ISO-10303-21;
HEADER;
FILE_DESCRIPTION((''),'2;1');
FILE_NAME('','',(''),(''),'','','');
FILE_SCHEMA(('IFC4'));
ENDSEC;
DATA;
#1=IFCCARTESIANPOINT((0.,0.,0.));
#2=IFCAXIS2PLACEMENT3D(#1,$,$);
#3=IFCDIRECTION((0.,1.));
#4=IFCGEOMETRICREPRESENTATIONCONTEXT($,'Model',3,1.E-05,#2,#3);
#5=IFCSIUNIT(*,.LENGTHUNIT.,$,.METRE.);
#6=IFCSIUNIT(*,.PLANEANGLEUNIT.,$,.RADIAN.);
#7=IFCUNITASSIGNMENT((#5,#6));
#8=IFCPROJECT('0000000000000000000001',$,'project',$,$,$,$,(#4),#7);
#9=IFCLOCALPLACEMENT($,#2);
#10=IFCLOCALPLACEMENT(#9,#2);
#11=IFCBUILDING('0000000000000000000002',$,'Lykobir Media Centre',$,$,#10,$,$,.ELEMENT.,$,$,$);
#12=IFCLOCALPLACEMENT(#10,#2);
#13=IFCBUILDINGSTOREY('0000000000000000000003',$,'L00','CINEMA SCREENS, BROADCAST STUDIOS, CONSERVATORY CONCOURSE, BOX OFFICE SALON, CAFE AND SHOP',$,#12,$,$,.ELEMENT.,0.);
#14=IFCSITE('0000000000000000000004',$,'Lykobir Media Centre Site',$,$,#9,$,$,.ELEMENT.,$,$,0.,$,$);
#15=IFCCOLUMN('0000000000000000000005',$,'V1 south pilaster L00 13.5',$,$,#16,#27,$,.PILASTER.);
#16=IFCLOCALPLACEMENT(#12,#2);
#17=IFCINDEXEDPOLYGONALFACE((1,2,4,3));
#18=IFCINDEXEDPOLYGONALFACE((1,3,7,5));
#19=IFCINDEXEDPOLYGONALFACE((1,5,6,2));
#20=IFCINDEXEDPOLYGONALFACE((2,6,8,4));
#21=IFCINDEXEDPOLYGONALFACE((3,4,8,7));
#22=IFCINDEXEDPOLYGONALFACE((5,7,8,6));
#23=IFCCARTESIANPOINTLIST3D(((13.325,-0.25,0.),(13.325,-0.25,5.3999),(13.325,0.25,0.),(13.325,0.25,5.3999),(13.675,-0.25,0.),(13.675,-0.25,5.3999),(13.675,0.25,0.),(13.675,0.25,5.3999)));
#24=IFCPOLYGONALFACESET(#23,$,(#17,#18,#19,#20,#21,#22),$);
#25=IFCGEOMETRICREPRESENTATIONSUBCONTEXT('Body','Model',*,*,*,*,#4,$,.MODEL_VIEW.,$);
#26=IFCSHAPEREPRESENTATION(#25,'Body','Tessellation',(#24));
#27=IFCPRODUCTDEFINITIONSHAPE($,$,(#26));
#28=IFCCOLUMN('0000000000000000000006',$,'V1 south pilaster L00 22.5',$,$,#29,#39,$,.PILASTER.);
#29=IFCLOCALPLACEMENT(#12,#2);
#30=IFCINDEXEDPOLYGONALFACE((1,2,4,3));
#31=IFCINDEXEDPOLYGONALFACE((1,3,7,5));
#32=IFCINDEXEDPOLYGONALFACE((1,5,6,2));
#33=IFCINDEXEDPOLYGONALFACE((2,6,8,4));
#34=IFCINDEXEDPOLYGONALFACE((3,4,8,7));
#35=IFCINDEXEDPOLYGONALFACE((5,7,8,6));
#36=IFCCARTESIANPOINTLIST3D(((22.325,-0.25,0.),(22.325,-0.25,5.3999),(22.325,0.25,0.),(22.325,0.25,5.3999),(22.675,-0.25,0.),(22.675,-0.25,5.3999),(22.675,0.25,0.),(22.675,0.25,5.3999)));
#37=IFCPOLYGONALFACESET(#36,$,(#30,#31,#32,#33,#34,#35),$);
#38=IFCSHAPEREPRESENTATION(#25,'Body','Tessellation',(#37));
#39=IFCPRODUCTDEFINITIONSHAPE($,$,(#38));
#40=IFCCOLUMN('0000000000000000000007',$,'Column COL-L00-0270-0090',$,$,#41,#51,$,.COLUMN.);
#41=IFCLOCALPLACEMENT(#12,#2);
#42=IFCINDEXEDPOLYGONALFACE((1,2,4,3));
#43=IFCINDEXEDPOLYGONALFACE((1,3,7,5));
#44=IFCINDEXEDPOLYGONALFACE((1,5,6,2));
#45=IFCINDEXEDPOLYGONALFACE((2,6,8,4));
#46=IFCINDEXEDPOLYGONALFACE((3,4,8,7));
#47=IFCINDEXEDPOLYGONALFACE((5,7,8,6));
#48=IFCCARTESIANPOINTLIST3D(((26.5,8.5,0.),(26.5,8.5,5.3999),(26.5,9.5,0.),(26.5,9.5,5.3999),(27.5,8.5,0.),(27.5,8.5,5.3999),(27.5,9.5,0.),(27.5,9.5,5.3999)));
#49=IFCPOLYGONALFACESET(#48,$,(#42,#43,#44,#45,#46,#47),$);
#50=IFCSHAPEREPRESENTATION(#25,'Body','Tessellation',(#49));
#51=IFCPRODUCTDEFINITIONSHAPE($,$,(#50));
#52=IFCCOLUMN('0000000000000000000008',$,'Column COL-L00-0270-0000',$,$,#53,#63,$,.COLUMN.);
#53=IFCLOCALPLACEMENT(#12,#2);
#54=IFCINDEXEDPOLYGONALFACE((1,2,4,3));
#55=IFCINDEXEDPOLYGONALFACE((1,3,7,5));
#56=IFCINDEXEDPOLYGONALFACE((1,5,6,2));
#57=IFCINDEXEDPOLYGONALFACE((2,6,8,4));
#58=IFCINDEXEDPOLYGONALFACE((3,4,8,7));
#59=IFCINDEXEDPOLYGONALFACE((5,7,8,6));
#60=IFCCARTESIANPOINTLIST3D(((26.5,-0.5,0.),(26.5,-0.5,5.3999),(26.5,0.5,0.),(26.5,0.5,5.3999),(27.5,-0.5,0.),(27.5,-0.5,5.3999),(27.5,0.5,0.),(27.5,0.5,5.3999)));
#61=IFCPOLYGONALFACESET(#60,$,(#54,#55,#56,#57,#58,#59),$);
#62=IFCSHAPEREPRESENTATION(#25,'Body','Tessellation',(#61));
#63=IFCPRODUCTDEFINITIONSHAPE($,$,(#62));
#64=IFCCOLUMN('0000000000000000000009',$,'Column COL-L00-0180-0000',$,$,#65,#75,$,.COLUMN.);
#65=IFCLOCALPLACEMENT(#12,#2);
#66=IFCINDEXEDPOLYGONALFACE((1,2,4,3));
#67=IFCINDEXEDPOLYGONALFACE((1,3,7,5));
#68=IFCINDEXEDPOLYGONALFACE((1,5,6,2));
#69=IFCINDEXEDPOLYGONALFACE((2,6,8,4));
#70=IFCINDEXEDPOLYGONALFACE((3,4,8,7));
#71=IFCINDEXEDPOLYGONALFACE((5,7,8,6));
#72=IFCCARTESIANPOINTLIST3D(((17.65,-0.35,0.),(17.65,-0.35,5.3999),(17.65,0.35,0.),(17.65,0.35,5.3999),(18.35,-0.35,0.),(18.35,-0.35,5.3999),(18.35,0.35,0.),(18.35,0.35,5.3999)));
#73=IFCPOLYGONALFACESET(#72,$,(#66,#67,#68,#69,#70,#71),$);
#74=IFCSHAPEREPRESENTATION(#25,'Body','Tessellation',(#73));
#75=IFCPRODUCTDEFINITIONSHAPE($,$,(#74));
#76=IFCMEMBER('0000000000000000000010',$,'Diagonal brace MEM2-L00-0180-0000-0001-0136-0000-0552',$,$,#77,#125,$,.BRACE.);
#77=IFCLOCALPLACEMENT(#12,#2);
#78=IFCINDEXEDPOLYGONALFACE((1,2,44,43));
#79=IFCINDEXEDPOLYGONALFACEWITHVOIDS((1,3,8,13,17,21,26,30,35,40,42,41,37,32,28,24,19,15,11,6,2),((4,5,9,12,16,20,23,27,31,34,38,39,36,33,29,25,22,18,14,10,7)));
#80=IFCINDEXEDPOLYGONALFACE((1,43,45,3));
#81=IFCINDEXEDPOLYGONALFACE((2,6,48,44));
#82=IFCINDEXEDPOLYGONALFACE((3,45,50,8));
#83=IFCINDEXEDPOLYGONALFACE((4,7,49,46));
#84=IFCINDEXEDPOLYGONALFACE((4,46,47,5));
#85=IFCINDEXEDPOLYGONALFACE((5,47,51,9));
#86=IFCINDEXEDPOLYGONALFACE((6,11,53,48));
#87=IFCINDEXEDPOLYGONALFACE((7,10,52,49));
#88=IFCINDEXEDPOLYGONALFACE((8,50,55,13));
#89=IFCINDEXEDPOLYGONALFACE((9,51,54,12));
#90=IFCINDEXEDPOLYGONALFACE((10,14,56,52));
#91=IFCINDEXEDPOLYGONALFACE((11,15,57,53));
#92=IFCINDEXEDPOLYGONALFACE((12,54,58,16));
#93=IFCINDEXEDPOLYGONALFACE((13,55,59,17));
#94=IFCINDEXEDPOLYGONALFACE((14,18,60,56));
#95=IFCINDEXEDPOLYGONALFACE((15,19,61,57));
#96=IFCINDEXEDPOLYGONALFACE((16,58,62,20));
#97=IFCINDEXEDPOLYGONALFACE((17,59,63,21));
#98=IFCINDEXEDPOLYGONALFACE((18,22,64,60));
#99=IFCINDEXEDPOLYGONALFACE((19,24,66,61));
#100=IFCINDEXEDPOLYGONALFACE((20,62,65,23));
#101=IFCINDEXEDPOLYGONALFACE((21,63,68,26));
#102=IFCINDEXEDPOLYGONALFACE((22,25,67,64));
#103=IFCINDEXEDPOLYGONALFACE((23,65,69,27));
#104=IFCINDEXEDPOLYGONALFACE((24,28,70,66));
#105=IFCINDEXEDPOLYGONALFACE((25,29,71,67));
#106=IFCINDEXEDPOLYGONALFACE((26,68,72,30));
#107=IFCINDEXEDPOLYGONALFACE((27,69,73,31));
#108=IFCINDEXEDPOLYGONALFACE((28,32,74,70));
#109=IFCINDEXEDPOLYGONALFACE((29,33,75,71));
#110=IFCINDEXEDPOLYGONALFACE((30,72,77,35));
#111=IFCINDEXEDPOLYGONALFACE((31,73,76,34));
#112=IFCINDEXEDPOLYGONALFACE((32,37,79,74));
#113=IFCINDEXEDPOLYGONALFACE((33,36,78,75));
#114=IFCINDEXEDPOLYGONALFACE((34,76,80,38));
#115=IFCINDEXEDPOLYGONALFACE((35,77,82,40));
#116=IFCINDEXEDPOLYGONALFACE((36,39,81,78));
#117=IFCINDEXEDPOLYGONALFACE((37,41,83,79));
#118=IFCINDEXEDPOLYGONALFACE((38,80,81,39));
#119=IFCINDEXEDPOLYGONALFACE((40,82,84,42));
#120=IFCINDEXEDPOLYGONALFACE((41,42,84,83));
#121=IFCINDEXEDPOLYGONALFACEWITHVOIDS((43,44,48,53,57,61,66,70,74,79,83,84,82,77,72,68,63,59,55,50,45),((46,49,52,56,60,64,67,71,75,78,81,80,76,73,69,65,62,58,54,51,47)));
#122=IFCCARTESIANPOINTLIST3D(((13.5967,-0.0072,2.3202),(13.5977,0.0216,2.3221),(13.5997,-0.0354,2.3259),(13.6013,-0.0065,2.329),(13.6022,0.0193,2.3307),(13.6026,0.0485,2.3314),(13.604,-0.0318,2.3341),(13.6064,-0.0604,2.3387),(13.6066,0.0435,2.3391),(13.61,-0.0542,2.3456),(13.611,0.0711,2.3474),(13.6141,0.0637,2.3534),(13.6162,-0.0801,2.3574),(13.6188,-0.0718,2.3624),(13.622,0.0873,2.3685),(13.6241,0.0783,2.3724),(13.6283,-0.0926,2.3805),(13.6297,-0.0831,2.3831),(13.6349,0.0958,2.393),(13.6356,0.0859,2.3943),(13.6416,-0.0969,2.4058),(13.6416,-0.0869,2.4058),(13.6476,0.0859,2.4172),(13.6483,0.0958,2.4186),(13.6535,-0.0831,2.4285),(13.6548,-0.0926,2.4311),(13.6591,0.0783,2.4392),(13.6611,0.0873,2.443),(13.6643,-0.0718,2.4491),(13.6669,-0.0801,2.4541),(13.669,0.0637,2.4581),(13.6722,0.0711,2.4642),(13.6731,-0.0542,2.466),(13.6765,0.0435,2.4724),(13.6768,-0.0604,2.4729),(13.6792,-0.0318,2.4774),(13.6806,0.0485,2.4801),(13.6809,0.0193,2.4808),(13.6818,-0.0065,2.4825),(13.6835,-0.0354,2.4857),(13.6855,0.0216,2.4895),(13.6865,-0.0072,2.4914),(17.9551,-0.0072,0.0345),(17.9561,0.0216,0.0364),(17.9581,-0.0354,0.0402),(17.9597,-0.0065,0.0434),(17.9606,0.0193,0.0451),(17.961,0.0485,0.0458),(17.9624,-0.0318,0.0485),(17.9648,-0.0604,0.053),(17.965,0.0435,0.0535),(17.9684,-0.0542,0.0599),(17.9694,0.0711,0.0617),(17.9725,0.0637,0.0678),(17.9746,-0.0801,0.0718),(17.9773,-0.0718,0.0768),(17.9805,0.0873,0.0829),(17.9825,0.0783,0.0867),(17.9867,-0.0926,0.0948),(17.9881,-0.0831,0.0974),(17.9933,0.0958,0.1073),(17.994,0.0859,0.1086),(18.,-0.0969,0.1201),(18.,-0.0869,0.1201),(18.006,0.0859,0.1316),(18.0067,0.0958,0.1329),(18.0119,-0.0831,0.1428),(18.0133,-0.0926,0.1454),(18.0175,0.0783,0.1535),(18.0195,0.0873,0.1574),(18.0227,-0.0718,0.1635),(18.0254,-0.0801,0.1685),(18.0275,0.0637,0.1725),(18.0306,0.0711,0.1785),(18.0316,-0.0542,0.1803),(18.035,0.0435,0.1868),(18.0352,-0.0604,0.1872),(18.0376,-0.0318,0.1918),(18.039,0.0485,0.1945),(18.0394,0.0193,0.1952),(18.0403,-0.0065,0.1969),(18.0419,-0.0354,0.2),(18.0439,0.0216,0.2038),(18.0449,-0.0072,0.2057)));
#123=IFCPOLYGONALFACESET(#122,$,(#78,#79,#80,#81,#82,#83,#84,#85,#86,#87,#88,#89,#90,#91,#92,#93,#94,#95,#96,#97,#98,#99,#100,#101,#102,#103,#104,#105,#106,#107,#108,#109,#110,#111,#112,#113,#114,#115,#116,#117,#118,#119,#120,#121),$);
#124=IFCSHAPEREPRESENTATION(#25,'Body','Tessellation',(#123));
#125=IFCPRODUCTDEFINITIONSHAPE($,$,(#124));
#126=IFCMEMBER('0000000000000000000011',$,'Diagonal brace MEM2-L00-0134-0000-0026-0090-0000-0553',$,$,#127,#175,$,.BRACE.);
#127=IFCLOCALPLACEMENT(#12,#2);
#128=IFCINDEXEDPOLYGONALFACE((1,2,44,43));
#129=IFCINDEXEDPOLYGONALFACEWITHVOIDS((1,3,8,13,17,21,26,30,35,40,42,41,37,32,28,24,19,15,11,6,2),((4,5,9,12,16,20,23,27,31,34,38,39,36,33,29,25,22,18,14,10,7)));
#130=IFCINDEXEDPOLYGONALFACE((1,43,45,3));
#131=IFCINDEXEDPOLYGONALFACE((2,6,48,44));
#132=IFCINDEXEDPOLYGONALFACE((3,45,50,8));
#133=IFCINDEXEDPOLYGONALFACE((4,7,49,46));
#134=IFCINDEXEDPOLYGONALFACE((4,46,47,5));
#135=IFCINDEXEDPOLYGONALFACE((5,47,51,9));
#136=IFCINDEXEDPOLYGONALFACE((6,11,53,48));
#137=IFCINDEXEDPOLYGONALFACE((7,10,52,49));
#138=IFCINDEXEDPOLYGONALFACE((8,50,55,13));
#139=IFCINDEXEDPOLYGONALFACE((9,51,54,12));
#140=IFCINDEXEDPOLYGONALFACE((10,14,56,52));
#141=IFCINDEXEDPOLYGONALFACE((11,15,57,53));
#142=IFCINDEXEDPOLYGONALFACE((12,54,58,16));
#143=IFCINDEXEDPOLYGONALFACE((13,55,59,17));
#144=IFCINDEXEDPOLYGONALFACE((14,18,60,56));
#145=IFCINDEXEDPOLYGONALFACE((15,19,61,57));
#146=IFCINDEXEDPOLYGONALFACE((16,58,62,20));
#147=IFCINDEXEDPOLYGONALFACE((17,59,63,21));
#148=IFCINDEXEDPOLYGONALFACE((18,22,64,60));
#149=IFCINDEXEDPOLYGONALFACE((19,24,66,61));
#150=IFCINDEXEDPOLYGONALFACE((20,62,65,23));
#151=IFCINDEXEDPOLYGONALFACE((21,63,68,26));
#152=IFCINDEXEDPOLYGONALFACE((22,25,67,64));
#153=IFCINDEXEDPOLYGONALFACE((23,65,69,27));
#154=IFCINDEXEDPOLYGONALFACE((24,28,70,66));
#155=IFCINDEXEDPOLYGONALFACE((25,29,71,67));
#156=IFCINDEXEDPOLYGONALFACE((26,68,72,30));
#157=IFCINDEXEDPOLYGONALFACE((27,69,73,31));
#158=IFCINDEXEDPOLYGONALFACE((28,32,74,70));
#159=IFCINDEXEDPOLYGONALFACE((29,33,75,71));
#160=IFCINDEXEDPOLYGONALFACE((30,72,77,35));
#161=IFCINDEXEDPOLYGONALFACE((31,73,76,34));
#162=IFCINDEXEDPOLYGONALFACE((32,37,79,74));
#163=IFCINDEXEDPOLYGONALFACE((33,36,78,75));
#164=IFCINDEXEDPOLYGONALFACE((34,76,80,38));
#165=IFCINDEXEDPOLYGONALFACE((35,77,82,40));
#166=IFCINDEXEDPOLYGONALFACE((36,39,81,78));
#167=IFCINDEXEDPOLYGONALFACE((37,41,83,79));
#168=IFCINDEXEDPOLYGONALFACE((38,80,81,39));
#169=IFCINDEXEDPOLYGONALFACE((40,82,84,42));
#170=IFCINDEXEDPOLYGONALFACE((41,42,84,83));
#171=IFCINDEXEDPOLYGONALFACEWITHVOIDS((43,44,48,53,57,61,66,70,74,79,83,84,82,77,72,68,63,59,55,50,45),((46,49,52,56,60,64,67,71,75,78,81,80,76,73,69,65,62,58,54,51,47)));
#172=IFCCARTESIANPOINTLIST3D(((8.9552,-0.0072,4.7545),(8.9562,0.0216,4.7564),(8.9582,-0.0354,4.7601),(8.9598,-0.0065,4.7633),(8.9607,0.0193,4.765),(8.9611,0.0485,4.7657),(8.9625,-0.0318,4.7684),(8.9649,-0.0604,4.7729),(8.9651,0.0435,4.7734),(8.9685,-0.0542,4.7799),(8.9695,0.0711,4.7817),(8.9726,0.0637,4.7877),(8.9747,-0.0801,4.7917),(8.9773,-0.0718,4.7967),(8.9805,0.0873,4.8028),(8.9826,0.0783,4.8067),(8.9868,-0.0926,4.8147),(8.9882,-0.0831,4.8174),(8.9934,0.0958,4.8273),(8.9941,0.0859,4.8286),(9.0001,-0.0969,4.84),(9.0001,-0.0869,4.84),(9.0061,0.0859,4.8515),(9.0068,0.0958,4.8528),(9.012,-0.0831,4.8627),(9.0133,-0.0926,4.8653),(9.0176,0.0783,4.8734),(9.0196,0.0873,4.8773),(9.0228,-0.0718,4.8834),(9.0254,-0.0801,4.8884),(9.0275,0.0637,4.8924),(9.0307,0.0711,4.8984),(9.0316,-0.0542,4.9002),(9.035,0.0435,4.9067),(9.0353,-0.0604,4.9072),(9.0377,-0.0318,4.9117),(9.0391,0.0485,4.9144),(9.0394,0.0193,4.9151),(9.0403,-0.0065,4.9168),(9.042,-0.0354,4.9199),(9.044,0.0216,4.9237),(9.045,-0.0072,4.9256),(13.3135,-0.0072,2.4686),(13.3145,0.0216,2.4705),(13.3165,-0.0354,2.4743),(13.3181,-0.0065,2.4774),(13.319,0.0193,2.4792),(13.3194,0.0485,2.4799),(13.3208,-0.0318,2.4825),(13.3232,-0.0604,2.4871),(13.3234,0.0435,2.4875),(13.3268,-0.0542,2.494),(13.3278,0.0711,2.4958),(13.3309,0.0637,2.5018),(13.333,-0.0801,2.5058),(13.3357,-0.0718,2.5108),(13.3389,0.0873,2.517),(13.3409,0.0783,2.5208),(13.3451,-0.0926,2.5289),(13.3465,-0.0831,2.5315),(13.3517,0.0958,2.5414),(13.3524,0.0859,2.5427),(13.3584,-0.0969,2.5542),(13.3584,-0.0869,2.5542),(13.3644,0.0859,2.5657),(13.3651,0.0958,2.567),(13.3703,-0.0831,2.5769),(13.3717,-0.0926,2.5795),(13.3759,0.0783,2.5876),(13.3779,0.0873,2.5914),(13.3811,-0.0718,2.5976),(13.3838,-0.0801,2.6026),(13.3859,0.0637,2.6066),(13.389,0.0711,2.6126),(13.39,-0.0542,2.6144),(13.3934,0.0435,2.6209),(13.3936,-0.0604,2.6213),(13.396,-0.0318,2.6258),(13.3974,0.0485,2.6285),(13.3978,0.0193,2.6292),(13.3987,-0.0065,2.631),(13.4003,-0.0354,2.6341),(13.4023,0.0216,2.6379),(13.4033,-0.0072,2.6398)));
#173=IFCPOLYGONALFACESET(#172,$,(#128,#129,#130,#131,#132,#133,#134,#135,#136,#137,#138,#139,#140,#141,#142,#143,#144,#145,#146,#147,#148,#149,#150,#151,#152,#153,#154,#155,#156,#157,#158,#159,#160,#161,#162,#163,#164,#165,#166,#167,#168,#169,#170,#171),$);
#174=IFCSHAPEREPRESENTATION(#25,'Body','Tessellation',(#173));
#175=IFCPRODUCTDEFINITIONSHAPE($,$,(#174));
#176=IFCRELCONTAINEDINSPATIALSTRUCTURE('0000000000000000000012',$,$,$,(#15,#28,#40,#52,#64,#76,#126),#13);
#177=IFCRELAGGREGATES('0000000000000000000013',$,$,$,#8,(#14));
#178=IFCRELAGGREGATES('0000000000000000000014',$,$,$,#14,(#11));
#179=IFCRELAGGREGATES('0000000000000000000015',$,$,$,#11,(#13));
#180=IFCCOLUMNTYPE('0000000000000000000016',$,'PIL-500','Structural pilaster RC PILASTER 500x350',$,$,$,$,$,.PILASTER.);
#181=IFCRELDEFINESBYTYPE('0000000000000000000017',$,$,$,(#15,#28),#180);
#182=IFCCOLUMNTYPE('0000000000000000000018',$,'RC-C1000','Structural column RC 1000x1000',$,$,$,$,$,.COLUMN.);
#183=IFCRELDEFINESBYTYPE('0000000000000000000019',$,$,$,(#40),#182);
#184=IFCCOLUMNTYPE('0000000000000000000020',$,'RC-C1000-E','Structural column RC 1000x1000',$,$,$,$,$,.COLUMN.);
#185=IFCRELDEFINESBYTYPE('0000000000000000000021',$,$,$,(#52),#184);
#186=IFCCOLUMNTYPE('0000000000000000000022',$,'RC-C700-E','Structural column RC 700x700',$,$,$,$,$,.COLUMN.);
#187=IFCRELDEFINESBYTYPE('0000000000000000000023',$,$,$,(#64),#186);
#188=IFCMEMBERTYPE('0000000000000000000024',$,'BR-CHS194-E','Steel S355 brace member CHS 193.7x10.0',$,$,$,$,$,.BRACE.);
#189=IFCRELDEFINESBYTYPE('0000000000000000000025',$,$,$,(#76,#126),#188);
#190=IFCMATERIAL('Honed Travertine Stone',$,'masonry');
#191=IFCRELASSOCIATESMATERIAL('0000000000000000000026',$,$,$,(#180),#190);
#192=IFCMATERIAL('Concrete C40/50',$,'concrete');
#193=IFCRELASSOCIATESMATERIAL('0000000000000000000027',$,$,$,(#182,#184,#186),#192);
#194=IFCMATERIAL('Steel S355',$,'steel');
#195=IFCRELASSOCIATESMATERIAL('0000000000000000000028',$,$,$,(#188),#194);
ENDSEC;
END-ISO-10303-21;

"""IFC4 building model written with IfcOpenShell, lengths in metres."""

from ifc_helpers import new_model, si_unit, direction, frame, origin, origin_2d, place, context, subcontext, project, spatial, rectangle, hollow_circle, extrude, material, material_profile, profile_set, type_object, element, save


model = new_model("IFC4")

# Units and contexts
model_context = context("Model", 3, precision=1e-05, world=origin(), true_north=direction((0.0, 1.0)))
body_context = subcontext(model_context, "Body", "Model", "MODEL_VIEW")
ifc_project = project(units=[si_unit("LENGTHUNIT", "METRE"), si_unit("PLANEANGLEUNIT", "RADIAN")], contexts=[model_context])

# Site, building, storey
site_placement = place(None, origin())
site = spatial("IfcSite", under=ifc_project, at=site_placement, Name="Lykobir Media Centre Site", CompositionType="ELEMENT", RefElevation=0.0)
building_placement = place(site_placement, origin())
building = spatial("IfcBuilding", under=site, at=building_placement, Name="Lykobir Media Centre", CompositionType="ELEMENT")
storey_placement = place(building_placement, origin())
storey = spatial("IfcBuildingStorey", under=building, at=storey_placement, Name="L00", Description="CINEMA SCREENS, BROADCAST STUDIOS, CONSERVATORY CONCOURSE, BOX OFFICE SALON, CAFE AND SHOP", CompositionType="ELEMENT", Elevation=0.0)

# Columns
ifc_material_1 = material(Name="Honed Travertine Stone", Category="masonry")
ifc_material_profile_1 = material_profile(ifc_material_1, rectangle(XDim=0.3501, YDim=0.5, at=origin_2d()), Name="RC PILASTER 500x350")
ifc_profile_set_1 = profile_set([ifc_material_profile_1], Name="Honed Travertine Stone")
column_type_1 = type_object("IfcColumnType", Name="PIL-500", Description="Structural pilaster RC PILASTER 500x350", PredefinedType="PILASTER", material=ifc_profile_set_1)
for number, where, z_axis, x_axis, name in (
    (1, (13.5, 0.0, 0.0), (0.0, 0.0, 1.0), (1.0, 0.0, 0.0), "V1 south pilaster L00 13.5"),
    (2, (22.5, 0.0, 0.0), (0.0, 0.0, 1.0), (1.0, 0.0, 0.0), "V1 south pilaster L00 22.5"),
):
    element("IfcColumn", number, at=place(storey_placement, frame(where, z_axis=z_axis, x_axis=x_axis)), inside=storey, type_object=column_type_1, Name=name, PredefinedType="PILASTER", context=body_context, shape_type="SweptSolid", body=[
        extrude(rectangle(XDim=0.3501, YDim=0.5, at=origin_2d()), origin(), (0.0, 0.0, 1.0), 5.3999),
    ])
ifc_material_2 = material(Name="Concrete C40/50", Category="concrete")
ifc_material_profile_2 = material_profile(ifc_material_2, rectangle(XDim=1.0, YDim=1.0, at=origin_2d()), Name="RC 1000x1000")
ifc_profile_set_2 = profile_set([ifc_material_profile_2], Name="Concrete C40/50")
column_type_2 = type_object("IfcColumnType", Name="RC-C1000", Description="Structural column RC 1000x1000", PredefinedType="COLUMN", material=ifc_profile_set_2)
column_1_placement = place(storey_placement, frame((27.0, 9.0, 0.0), z_axis=(0.0, 0.0, 1.0), x_axis=(1.0, 0.0, 0.0)))
element("IfcColumn", 3, at=column_1_placement, inside=storey, type_object=column_type_2, Name="Column COL-L00-0270-0090", PredefinedType="COLUMN", context=body_context, shape_type="SweptSolid", body=[
    extrude(rectangle(XDim=1.0, YDim=1.0, at=origin_2d()), origin(), (0.0, 0.0, 1.0), 5.3999),
])
ifc_material_profile_3 = material_profile(ifc_material_2, rectangle(XDim=1.0, YDim=1.0, at=origin_2d()), Name="RC 1000x1000")
ifc_profile_set_3 = profile_set([ifc_material_profile_3], Name="Concrete C40/50")
column_type_3 = type_object("IfcColumnType", Name="RC-C1000-E", Description="Structural column RC 1000x1000", PredefinedType="COLUMN", material=ifc_profile_set_3)
column_2_placement = place(storey_placement, frame((27.0, 0.0, 0.0), z_axis=(0.0, 0.0, 1.0), x_axis=(1.0, 0.0, 0.0)))
element("IfcColumn", 4, at=column_2_placement, inside=storey, type_object=column_type_3, Name="Column COL-L00-0270-0000", PredefinedType="COLUMN", context=body_context, shape_type="SweptSolid", body=[
    extrude(rectangle(XDim=1.0, YDim=1.0, at=origin_2d()), origin(), (0.0, 0.0, 1.0), 5.3999),
])
ifc_material_profile_4 = material_profile(ifc_material_2, rectangle(XDim=0.7, YDim=0.7, at=origin_2d()), Name="RC 700x700")
ifc_profile_set_4 = profile_set([ifc_material_profile_4], Name="Concrete C40/50")
column_type_4 = type_object("IfcColumnType", Name="RC-C700-E", Description="Structural column RC 700x700", PredefinedType="COLUMN", material=ifc_profile_set_4)
column_3_placement = place(storey_placement, frame((18.0, 0.0, 0.0), z_axis=(0.0, 0.0, 1.0), x_axis=(1.0, 0.0, 0.0)))
element("IfcColumn", 5, at=column_3_placement, inside=storey, type_object=column_type_4, Name="Column COL-L00-0180-0000", PredefinedType="COLUMN", context=body_context, shape_type="SweptSolid", body=[
    extrude(rectangle(XDim=0.7, YDim=0.7, at=origin_2d()), origin(), (0.0, 0.0, 1.0), 5.3999),
])

# Members
ifc_material_3 = material(Name="Steel S355", Category="steel")
ifc_material_profile_5 = material_profile(ifc_material_3, hollow_circle(Radius=0.0969, WallThickness=0.01, at=origin_2d()), Name="CHS 193.7x10.0")
ifc_profile_set_5 = profile_set([ifc_material_profile_5], Name="Steel S355")
member_type = type_object("IfcMemberType", Name="BR-CHS194-E", Description="Steel S355 brace member CHS 193.7x10.0", PredefinedType="BRACE", material=ifc_profile_set_5)
for number, where, z_axis, x_axis, name in (
    (6, (18.0, 0.0, 0.1201), (-0.885608, 0.0, 0.464433), (0.0, -1.0, 0.0), "Diagonal brace MEM2-L00-0180-0000-0001-0136-0000-0552"),
    (7, (13.3584, 0.0, 2.5542), (-0.885588, 0.0, 0.464472), (0.0, -1.0, 0.0), "Diagonal brace MEM2-L00-0134-0000-0026-0090-0000-0553"),
):
    element("IfcMember", number, at=place(storey_placement, frame(where, z_axis=z_axis, x_axis=x_axis)), inside=storey, type_object=member_type, Name=name, PredefinedType="BRACE", context=body_context, shape_type="SweptSolid", body=[
        extrude(hollow_circle(Radius=0.0969, WallThickness=0.01, at=origin_2d()), origin(), (0.0, 0.0, 1.0), 4.9214),
    ])

save(model, "model.ifc")
